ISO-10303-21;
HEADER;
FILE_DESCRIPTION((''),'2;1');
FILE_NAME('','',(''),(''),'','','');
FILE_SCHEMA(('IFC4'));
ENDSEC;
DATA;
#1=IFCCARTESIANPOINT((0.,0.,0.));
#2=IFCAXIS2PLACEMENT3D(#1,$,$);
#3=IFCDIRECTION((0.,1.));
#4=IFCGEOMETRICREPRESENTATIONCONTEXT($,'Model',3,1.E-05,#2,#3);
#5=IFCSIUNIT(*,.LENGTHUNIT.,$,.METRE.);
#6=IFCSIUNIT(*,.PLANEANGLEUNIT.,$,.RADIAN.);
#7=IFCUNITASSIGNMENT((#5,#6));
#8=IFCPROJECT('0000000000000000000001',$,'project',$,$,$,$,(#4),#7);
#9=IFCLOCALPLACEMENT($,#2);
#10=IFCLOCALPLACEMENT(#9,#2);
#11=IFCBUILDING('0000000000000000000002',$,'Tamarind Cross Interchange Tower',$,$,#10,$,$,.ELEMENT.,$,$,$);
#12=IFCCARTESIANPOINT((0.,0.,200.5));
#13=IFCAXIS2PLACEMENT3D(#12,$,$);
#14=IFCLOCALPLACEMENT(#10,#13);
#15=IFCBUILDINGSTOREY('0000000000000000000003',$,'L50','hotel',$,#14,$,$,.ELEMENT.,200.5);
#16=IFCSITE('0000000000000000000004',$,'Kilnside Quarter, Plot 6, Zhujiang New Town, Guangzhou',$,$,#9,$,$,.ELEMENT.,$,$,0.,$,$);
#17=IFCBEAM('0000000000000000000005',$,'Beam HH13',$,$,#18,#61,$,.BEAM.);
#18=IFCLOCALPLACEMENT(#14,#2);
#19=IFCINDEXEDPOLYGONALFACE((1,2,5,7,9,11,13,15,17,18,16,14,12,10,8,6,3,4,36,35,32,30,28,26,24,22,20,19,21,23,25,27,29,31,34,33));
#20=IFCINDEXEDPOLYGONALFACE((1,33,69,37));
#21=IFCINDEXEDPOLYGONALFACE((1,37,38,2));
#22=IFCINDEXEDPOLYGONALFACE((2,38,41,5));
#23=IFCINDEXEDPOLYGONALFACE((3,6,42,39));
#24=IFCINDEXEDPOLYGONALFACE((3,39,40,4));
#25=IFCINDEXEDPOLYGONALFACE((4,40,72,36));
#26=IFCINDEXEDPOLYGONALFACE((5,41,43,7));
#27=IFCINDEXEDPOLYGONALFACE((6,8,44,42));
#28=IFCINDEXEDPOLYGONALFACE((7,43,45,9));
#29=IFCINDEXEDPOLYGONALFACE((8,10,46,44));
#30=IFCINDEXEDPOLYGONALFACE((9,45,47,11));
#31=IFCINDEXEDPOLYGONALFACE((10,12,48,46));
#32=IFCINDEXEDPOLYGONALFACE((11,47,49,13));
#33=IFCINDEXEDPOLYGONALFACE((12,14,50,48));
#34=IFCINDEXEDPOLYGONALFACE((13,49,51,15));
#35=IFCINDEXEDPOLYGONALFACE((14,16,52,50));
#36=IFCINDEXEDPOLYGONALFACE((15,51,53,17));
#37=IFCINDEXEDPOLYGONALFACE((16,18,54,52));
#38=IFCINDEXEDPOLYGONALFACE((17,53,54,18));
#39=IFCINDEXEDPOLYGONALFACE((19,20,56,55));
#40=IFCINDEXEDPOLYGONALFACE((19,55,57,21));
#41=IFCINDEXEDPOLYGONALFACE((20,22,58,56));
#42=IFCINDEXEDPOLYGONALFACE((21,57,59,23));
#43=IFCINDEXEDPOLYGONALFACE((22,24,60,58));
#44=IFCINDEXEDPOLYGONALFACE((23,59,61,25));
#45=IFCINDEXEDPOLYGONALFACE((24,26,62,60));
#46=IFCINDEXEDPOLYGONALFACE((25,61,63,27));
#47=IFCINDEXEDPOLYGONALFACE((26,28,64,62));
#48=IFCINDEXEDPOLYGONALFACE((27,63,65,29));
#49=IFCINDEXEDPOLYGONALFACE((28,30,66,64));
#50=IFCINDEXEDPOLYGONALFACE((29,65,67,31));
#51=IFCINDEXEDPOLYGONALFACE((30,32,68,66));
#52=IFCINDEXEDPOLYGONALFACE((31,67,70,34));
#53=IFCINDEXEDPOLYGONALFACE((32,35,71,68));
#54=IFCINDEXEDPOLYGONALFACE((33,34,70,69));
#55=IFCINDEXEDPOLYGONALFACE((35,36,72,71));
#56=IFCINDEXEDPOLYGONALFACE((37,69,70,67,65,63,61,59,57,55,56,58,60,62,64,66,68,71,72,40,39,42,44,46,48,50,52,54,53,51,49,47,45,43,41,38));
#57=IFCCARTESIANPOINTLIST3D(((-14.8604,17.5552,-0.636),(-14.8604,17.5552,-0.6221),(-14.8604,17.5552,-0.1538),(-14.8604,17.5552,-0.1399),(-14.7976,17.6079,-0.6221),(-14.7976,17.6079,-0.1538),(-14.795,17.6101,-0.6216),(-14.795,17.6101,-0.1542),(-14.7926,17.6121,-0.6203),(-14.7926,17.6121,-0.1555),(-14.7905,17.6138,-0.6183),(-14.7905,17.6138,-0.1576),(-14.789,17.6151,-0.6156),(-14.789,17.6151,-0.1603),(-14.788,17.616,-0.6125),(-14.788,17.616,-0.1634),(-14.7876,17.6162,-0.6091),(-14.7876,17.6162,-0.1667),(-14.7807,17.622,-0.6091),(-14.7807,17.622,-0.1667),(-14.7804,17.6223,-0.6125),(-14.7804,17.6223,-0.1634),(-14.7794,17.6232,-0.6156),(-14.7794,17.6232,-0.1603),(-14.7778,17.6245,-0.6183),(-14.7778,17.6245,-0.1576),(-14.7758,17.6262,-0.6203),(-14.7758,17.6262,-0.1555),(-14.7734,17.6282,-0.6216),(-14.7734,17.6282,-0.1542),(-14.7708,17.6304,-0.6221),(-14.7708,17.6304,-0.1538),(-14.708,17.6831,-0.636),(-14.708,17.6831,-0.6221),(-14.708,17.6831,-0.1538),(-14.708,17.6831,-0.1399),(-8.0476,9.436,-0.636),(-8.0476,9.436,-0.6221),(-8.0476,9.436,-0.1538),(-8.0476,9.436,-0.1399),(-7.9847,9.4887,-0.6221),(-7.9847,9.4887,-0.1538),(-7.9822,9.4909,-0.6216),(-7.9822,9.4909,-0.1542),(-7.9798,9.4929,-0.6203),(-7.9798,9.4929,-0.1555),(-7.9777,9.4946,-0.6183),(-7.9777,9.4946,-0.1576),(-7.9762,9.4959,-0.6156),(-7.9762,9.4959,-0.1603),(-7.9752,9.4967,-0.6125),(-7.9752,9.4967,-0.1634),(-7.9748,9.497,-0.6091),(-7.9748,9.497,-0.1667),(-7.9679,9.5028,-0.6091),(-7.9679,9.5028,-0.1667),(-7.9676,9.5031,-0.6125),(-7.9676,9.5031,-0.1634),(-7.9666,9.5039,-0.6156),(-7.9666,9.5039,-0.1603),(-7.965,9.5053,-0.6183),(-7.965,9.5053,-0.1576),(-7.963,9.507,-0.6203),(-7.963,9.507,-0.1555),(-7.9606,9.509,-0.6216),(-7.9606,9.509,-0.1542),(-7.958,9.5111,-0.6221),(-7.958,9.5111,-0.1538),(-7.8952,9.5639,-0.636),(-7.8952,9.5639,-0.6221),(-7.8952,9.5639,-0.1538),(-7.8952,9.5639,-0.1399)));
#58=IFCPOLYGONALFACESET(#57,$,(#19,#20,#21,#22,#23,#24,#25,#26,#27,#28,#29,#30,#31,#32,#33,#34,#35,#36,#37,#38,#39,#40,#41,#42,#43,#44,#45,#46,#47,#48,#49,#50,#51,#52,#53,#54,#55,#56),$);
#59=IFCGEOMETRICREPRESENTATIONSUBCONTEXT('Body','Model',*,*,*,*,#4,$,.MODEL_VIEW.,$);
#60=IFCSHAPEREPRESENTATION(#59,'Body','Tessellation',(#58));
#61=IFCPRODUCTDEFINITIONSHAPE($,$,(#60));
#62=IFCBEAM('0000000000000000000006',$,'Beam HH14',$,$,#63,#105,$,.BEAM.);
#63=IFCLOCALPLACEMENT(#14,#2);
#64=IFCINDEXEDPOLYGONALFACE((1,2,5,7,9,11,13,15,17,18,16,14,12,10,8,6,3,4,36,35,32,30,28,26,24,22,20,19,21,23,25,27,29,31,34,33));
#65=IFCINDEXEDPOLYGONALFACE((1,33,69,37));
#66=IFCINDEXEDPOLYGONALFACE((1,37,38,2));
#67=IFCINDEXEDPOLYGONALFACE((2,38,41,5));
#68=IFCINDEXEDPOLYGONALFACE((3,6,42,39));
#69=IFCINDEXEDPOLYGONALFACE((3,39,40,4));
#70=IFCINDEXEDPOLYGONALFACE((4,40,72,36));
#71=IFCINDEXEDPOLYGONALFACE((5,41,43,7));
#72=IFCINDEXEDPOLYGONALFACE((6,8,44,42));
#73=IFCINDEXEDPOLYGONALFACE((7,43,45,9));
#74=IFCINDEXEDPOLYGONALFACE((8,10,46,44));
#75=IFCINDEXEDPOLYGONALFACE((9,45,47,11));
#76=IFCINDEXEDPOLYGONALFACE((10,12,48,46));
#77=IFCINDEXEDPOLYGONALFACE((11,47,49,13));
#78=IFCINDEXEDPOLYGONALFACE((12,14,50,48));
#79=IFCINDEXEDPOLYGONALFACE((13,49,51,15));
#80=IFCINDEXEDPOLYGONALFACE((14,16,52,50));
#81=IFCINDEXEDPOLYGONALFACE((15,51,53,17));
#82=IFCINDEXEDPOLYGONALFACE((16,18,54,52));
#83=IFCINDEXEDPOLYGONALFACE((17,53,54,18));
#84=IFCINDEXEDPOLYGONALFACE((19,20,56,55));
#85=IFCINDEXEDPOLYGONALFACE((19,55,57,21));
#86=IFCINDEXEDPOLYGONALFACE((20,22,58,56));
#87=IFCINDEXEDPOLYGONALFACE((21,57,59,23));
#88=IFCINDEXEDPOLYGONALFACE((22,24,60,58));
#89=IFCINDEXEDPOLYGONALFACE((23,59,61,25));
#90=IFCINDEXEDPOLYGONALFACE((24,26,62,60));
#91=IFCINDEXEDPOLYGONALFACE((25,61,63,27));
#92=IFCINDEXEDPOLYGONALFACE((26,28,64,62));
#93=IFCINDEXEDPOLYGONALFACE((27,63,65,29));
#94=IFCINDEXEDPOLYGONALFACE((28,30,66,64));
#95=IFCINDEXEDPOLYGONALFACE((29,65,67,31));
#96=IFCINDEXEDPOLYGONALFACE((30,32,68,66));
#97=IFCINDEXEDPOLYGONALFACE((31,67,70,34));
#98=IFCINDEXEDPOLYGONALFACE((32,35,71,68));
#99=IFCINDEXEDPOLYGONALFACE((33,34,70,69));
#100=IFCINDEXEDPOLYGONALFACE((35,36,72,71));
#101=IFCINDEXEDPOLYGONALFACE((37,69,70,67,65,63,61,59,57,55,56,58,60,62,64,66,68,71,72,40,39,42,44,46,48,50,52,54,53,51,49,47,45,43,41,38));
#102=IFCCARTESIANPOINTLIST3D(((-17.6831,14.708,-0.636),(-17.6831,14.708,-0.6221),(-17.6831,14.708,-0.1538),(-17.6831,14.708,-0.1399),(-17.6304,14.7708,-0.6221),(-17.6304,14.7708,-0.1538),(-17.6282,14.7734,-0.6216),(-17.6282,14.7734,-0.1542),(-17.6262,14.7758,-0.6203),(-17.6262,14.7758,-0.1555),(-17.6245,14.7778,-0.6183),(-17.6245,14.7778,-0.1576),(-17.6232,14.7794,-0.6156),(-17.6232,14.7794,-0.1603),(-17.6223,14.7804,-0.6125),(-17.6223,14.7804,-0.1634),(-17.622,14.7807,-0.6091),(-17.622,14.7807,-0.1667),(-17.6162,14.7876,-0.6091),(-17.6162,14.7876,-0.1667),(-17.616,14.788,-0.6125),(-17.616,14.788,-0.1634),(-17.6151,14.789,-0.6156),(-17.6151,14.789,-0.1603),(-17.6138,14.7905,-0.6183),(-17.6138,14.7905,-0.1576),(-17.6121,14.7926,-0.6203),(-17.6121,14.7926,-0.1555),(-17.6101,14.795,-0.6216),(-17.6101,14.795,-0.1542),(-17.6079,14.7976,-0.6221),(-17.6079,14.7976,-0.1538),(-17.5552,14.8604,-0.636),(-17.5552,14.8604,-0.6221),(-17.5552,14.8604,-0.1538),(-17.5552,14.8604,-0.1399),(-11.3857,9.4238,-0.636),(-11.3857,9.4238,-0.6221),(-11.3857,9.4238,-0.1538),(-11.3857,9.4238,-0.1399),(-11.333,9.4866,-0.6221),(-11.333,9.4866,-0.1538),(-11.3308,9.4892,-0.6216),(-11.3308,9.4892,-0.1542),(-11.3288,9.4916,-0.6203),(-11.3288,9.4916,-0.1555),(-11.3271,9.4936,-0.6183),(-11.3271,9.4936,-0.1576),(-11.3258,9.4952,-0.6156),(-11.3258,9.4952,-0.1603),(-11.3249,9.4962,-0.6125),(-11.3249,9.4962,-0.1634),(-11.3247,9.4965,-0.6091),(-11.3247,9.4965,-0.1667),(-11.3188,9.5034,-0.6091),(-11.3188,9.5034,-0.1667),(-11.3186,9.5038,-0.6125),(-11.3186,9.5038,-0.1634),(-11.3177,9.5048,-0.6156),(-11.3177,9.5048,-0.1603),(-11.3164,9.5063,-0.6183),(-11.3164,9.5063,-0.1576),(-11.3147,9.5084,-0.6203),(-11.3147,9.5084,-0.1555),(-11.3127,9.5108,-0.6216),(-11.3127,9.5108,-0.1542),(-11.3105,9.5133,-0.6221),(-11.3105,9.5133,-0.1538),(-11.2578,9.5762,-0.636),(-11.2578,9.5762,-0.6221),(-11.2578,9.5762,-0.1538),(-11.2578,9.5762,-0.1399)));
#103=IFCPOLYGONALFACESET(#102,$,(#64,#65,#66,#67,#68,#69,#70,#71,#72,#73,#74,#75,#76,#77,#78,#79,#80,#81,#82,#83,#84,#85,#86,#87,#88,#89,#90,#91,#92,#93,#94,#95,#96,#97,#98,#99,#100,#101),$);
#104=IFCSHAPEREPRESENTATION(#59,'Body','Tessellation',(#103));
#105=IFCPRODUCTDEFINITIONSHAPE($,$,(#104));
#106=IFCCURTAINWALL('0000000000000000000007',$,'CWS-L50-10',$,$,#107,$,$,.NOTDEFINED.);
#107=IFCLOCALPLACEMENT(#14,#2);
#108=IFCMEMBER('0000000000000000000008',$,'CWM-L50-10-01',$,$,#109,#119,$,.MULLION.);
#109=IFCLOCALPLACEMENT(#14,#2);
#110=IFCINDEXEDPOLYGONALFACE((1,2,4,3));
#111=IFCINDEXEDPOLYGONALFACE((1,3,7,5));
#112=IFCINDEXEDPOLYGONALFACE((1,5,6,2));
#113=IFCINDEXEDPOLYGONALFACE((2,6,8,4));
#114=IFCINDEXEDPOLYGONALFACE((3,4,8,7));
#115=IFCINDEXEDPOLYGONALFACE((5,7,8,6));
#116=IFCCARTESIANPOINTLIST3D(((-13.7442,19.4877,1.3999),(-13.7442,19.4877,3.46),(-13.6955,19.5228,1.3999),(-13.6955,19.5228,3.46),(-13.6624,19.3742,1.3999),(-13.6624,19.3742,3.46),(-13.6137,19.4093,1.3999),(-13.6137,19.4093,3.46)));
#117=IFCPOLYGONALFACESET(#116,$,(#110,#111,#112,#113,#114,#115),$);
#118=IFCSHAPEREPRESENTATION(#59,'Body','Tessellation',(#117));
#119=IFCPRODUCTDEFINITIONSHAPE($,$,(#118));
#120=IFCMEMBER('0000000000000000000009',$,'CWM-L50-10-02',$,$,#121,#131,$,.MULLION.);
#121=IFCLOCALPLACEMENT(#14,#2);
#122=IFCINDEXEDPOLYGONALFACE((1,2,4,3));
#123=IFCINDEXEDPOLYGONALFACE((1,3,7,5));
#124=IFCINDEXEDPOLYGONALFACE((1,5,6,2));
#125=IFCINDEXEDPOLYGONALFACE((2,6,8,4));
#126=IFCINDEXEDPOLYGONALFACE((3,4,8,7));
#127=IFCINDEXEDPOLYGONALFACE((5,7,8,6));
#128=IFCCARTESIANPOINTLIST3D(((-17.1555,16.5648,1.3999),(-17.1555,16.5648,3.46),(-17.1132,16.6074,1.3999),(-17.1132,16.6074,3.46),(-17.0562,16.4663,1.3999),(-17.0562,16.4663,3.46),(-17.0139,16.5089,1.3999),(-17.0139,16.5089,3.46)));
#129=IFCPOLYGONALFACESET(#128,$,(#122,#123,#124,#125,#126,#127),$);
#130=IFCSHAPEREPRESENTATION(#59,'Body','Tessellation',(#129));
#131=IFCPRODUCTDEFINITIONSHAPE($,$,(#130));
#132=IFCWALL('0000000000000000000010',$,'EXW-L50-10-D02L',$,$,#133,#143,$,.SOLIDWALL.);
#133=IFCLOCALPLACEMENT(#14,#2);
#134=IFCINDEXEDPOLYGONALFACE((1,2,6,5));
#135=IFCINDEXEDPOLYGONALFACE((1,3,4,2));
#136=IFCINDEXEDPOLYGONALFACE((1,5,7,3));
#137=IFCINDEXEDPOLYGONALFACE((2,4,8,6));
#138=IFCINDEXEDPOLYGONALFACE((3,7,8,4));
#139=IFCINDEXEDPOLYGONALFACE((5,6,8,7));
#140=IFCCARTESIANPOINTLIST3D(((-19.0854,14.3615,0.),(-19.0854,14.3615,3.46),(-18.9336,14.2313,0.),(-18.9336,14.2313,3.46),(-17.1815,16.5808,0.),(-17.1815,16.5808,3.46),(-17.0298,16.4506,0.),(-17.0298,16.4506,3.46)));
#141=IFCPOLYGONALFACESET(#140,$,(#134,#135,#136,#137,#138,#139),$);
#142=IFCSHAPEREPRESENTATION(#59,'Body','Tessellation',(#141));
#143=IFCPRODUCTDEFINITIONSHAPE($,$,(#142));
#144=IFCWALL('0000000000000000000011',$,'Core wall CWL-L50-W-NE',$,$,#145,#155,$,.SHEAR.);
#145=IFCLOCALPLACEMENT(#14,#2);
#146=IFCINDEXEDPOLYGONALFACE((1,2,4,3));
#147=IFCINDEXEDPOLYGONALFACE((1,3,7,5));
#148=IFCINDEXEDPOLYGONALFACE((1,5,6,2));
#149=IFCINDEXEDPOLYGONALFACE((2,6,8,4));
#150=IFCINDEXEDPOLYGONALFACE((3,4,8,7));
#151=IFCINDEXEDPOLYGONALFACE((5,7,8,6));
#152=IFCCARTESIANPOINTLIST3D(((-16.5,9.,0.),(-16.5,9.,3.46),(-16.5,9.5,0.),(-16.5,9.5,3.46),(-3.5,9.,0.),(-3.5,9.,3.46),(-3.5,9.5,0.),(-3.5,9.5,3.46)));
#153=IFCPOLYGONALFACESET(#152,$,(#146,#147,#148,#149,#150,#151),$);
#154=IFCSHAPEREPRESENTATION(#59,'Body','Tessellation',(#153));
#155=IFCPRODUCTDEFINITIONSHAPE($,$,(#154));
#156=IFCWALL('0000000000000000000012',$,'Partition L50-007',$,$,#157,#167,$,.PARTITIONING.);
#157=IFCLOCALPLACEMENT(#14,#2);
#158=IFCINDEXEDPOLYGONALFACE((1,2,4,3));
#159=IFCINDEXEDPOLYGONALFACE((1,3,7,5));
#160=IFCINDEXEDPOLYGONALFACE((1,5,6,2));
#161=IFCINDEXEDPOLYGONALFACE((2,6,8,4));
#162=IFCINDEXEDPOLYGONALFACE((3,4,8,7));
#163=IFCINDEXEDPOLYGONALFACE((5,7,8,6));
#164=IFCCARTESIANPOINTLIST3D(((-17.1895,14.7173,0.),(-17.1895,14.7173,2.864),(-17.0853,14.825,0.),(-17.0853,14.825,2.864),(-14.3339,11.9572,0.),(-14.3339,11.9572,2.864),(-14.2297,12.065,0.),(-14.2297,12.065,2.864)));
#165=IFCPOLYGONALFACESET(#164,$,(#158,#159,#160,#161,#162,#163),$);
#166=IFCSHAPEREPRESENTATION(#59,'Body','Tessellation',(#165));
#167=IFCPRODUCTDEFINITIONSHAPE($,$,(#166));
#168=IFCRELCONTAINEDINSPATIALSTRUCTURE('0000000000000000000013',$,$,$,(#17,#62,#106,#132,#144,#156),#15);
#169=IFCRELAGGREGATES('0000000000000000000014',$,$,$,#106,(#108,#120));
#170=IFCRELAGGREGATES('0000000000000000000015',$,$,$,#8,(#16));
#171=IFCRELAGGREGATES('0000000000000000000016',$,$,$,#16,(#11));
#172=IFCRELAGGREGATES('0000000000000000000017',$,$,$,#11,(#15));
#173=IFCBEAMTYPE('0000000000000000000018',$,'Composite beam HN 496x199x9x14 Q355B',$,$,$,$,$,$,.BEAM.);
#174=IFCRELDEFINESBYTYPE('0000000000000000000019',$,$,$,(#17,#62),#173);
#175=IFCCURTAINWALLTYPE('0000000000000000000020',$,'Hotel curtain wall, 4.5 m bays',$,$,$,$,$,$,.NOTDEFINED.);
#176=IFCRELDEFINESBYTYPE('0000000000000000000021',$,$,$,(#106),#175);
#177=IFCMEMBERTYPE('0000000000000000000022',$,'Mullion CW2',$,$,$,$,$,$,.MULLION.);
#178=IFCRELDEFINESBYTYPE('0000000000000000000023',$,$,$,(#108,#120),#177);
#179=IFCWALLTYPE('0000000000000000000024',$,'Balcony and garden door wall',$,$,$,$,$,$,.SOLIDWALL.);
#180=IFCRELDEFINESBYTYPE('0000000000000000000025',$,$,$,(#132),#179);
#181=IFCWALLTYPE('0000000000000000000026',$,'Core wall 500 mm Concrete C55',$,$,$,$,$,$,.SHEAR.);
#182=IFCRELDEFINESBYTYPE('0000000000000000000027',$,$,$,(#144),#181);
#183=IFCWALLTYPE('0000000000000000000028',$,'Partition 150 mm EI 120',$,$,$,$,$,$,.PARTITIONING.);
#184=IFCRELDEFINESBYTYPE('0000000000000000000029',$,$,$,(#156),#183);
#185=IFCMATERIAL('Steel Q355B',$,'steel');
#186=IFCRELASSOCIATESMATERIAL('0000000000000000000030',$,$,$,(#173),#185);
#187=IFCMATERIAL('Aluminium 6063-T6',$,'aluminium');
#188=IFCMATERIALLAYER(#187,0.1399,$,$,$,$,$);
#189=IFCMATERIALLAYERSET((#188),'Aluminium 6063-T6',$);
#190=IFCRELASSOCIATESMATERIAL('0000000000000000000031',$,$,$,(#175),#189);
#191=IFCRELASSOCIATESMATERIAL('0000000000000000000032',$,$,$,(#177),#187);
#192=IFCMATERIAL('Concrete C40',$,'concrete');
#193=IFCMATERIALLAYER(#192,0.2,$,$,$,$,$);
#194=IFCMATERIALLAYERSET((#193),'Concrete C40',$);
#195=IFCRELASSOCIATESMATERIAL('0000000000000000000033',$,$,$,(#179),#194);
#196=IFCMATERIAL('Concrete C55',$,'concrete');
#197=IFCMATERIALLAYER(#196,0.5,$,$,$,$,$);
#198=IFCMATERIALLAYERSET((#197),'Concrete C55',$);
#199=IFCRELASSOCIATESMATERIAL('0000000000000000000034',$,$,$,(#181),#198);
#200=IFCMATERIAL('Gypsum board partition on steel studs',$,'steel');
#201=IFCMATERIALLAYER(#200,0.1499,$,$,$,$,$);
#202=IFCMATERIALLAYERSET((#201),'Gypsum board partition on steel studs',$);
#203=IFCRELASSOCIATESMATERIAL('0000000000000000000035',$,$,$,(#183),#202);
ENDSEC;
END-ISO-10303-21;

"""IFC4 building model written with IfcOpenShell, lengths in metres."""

from ifc_helpers import new_model, si_unit, direction, frame, frame_2d, origin, origin_2d, place, context, subcontext, project, spatial, rectangle, i_section, extrude, material, layer, layer_set, material_profile, profile_set, type_object, element, aggregate, save


model = new_model("IFC4")

# Units and contexts
model_context = context("Model", 3, precision=1e-05, world=origin(), true_north=direction((0.0, 1.0)))
body_context = subcontext(model_context, "Body", "Model", "MODEL_VIEW")
ifc_project = project(units=[si_unit("LENGTHUNIT", "METRE"), si_unit("PLANEANGLEUNIT", "RADIAN")], contexts=[model_context])

# Site, building, storey
site_placement = place(None, origin())
site = spatial("IfcSite", under=ifc_project, at=site_placement, Name="Kilnside Quarter, Plot 6, Zhujiang New Town, Guangzhou", CompositionType="ELEMENT", RefElevation=0.0)
building_placement = place(site_placement, origin())
building = spatial("IfcBuilding", under=site, at=building_placement, Name="Tamarind Cross Interchange Tower", CompositionType="ELEMENT")
storey_placement = place(building_placement, frame((0.0, 0.0, 200.5)))
storey = spatial("IfcBuildingStorey", under=building, at=storey_placement, Name="L50", Description="hotel", CompositionType="ELEMENT", Elevation=200.5)

# Shared definitions
ifc_material_1 = material(Name="Concrete C55", Category="concrete")

# Beams
ifc_material_2 = material(Name="Steel Q355B", Category="steel")
ifc_material_profile_1 = material_profile(ifc_material_2, i_section(OverallWidth=0.199, OverallDepth=0.4961, WebThickness=0.009, FlangeThickness=0.0139, FilletRadius=0.0129, at=origin_2d()), Name="HN 496x199x9x14")
ifc_profile_set_1 = profile_set([ifc_material_profile_1], Name="Steel Q355B")
beam_type = type_object("IfcBeamType", Name="Composite beam HN 496x199x9x14 Q355B", PredefinedType="BEAM", material=ifc_profile_set_1)
beam_1_placement = place(storey_placement, frame((-14.7842, 17.6191, -0.3879), z_axis=(0.642786, -0.766046, 0.0), x_axis=(0.766046, 0.642786, 0.0)))
element("IfcBeam", 1, at=beam_1_placement, inside=storey, type_object=beam_type, Name="Beam HH13", PredefinedType="BEAM", context=body_context, shape_type="SweptSolid", body=[
    extrude(i_section(OverallWidth=0.199, OverallDepth=0.4961, WebThickness=0.009, FlangeThickness=0.0139, FilletRadius=0.0129, at=origin_2d()), origin(), (0.0, 0.0, 1.0), 10.5989),
])
beam_2_placement = place(storey_placement, frame((-17.6191, 14.7842, -0.3879), z_axis=(0.766041, -0.642792, 0.0), x_axis=(0.642792, 0.766041, 0.0)))
element("IfcBeam", 2, at=beam_2_placement, inside=storey, type_object=beam_type, Name="Beam HH14", PredefinedType="BEAM", context=body_context, shape_type="SweptSolid", body=[
    extrude(i_section(OverallWidth=0.199, OverallDepth=0.4961, WebThickness=0.009, FlangeThickness=0.0139, FilletRadius=0.0129, at=origin_2d()), origin(), (0.0, 0.0, 1.0), 8.2207),
])

# Curtain wall, members
ifc_material_3 = material(Name="Aluminium 6063-T6", Category="aluminium")
ifc_layer_1 = layer(ifc_material_3, 0.1399)
ifc_layer_set_1 = layer_set([ifc_layer_1], Name="Aluminium 6063-T6")
curtain_wall_type = type_object("IfcCurtainWallType", Name="Hotel curtain wall, 4.5 m bays", PredefinedType="NOTDEFINED", material=ifc_layer_set_1)
curtain_wall_placement = place(storey_placement, origin())
curtain_wall = element("IfcCurtainWall", 3, at=curtain_wall_placement, inside=storey, type_object=curtain_wall_type, Name="CWS-L50-10", PredefinedType="NOTDEFINED")
ifc_material_profile_2 = material_profile(ifc_material_3, rectangle(XDim=0.0601, YDim=0.1399, at=origin_2d()), Name="Mullion CW2")
ifc_profile_set_2 = profile_set([ifc_material_profile_2], Name="Aluminium 6063-T6")
member_type = type_object("IfcMemberType", Name="Mullion CW2", PredefinedType="MULLION", material=ifc_profile_set_2)
member_1_placement = place(storey_placement, frame((-13.679, 19.4485, 1.3999), z_axis=(0.0, 0.0, 1.0), x_axis=(-0.811217, -0.584745, 0.0)))
member_1 = element("IfcMember", 4, at=member_1_placement, type_object=member_type, Name="CWM-L50-10-01", PredefinedType="MULLION", context=body_context, shape_type="SweptSolid", body=[
    extrude(rectangle(XDim=0.0601, YDim=0.1399, at=origin_2d()), origin(), (0.0, 0.0, 1.0), 2.0601),
])
member_2_placement = place(storey_placement, frame((-17.0847, 16.5369, 1.3999), z_axis=(0.0, 0.0, 1.0), x_axis=(-0.704057, -0.710143, 0.0)))
member_2 = element("IfcMember", 5, at=member_2_placement, type_object=member_type, Name="CWM-L50-10-02", PredefinedType="MULLION", context=body_context, shape_type="SweptSolid", body=[
    extrude(rectangle(XDim=0.0601, YDim=0.1399, at=origin_2d()), origin(), (0.0, 0.0, 1.0), 2.0601),
])
aggregate(curtain_wall, [member_1, member_2])

# Walls
ifc_material_4 = material(Name="Concrete C40", Category="concrete")
ifc_layer_2 = layer(ifc_material_4, 0.2)
ifc_layer_set_2 = layer_set([ifc_layer_2], Name="Concrete C40")
wall_type_1 = type_object("IfcWallType", Name="Balcony and garden door wall", PredefinedType="SOLIDWALL", material=ifc_layer_set_2)
wall_1_placement = place(storey_placement, frame((-17.1057, 16.5156, 0.0), z_axis=(0.0, 0.0, 1.0), x_axis=(-0.651108, -0.758985, 0.0)))
element("IfcWall", 6, at=wall_1_placement, inside=storey, type_object=wall_type_1, Name="EXW-L50-10-D02L", PredefinedType="SOLIDWALL", context=body_context, shape_type="SweptSolid", body=[
    extrude(rectangle(XDim=2.9241, YDim=0.2, at=frame_2d((1.4619, 0.0))), origin(), (0.0, 0.0, 1.0), 3.46),
])
ifc_layer_3 = layer(ifc_material_1, 0.5)
ifc_layer_set_3 = layer_set([ifc_layer_3], Name="Concrete C55")
wall_type_2 = type_object("IfcWallType", Name="Core wall 500 mm Concrete C55", PredefinedType="SHEAR", material=ifc_layer_set_3)
wall_2_placement = place(storey_placement, frame((-16.5, 9.25, 0.0), z_axis=(0.0, 0.0, 1.0), x_axis=(1.0, 0.0, 0.0)))
element("IfcWall", 7, at=wall_2_placement, inside=storey, type_object=wall_type_2, Name="Core wall CWL-L50-W-NE", PredefinedType="SHEAR", context=body_context, shape_type="SweptSolid", body=[
    extrude(rectangle(XDim=13.0, YDim=0.5, at=frame_2d((6.5, 0.0))), origin(), (0.0, 0.0, 1.0), 3.46),
])
ifc_material_5 = material(Name="Gypsum board partition on steel studs", Category="steel")
ifc_layer_4 = layer(ifc_material_5, 0.1499)
ifc_layer_set_4 = layer_set([ifc_layer_4], Name="Gypsum board partition on steel studs")
wall_type_3 = type_object("IfcWallType", Name="Partition 150 mm EI 120", PredefinedType="PARTITIONING", material=ifc_layer_set_4)
wall_3_placement = place(storey_placement, frame((-17.1375, 14.7712, 0.0), z_axis=(0.0, 0.0, 1.0), x_axis=(0.719023, -0.694986, 0.0)))
element("IfcWall", 8, at=wall_3_placement, inside=storey, type_object=wall_type_3, Name="Partition L50-007", PredefinedType="PARTITIONING", context=body_context, shape_type="SweptSolid", body=[
    extrude(rectangle(XDim=3.9714, YDim=0.1499, at=frame_2d((1.9858, 0.0))), origin(), (0.0, 0.0, 1.0), 2.864),
])

save(model, "model.ifc")
